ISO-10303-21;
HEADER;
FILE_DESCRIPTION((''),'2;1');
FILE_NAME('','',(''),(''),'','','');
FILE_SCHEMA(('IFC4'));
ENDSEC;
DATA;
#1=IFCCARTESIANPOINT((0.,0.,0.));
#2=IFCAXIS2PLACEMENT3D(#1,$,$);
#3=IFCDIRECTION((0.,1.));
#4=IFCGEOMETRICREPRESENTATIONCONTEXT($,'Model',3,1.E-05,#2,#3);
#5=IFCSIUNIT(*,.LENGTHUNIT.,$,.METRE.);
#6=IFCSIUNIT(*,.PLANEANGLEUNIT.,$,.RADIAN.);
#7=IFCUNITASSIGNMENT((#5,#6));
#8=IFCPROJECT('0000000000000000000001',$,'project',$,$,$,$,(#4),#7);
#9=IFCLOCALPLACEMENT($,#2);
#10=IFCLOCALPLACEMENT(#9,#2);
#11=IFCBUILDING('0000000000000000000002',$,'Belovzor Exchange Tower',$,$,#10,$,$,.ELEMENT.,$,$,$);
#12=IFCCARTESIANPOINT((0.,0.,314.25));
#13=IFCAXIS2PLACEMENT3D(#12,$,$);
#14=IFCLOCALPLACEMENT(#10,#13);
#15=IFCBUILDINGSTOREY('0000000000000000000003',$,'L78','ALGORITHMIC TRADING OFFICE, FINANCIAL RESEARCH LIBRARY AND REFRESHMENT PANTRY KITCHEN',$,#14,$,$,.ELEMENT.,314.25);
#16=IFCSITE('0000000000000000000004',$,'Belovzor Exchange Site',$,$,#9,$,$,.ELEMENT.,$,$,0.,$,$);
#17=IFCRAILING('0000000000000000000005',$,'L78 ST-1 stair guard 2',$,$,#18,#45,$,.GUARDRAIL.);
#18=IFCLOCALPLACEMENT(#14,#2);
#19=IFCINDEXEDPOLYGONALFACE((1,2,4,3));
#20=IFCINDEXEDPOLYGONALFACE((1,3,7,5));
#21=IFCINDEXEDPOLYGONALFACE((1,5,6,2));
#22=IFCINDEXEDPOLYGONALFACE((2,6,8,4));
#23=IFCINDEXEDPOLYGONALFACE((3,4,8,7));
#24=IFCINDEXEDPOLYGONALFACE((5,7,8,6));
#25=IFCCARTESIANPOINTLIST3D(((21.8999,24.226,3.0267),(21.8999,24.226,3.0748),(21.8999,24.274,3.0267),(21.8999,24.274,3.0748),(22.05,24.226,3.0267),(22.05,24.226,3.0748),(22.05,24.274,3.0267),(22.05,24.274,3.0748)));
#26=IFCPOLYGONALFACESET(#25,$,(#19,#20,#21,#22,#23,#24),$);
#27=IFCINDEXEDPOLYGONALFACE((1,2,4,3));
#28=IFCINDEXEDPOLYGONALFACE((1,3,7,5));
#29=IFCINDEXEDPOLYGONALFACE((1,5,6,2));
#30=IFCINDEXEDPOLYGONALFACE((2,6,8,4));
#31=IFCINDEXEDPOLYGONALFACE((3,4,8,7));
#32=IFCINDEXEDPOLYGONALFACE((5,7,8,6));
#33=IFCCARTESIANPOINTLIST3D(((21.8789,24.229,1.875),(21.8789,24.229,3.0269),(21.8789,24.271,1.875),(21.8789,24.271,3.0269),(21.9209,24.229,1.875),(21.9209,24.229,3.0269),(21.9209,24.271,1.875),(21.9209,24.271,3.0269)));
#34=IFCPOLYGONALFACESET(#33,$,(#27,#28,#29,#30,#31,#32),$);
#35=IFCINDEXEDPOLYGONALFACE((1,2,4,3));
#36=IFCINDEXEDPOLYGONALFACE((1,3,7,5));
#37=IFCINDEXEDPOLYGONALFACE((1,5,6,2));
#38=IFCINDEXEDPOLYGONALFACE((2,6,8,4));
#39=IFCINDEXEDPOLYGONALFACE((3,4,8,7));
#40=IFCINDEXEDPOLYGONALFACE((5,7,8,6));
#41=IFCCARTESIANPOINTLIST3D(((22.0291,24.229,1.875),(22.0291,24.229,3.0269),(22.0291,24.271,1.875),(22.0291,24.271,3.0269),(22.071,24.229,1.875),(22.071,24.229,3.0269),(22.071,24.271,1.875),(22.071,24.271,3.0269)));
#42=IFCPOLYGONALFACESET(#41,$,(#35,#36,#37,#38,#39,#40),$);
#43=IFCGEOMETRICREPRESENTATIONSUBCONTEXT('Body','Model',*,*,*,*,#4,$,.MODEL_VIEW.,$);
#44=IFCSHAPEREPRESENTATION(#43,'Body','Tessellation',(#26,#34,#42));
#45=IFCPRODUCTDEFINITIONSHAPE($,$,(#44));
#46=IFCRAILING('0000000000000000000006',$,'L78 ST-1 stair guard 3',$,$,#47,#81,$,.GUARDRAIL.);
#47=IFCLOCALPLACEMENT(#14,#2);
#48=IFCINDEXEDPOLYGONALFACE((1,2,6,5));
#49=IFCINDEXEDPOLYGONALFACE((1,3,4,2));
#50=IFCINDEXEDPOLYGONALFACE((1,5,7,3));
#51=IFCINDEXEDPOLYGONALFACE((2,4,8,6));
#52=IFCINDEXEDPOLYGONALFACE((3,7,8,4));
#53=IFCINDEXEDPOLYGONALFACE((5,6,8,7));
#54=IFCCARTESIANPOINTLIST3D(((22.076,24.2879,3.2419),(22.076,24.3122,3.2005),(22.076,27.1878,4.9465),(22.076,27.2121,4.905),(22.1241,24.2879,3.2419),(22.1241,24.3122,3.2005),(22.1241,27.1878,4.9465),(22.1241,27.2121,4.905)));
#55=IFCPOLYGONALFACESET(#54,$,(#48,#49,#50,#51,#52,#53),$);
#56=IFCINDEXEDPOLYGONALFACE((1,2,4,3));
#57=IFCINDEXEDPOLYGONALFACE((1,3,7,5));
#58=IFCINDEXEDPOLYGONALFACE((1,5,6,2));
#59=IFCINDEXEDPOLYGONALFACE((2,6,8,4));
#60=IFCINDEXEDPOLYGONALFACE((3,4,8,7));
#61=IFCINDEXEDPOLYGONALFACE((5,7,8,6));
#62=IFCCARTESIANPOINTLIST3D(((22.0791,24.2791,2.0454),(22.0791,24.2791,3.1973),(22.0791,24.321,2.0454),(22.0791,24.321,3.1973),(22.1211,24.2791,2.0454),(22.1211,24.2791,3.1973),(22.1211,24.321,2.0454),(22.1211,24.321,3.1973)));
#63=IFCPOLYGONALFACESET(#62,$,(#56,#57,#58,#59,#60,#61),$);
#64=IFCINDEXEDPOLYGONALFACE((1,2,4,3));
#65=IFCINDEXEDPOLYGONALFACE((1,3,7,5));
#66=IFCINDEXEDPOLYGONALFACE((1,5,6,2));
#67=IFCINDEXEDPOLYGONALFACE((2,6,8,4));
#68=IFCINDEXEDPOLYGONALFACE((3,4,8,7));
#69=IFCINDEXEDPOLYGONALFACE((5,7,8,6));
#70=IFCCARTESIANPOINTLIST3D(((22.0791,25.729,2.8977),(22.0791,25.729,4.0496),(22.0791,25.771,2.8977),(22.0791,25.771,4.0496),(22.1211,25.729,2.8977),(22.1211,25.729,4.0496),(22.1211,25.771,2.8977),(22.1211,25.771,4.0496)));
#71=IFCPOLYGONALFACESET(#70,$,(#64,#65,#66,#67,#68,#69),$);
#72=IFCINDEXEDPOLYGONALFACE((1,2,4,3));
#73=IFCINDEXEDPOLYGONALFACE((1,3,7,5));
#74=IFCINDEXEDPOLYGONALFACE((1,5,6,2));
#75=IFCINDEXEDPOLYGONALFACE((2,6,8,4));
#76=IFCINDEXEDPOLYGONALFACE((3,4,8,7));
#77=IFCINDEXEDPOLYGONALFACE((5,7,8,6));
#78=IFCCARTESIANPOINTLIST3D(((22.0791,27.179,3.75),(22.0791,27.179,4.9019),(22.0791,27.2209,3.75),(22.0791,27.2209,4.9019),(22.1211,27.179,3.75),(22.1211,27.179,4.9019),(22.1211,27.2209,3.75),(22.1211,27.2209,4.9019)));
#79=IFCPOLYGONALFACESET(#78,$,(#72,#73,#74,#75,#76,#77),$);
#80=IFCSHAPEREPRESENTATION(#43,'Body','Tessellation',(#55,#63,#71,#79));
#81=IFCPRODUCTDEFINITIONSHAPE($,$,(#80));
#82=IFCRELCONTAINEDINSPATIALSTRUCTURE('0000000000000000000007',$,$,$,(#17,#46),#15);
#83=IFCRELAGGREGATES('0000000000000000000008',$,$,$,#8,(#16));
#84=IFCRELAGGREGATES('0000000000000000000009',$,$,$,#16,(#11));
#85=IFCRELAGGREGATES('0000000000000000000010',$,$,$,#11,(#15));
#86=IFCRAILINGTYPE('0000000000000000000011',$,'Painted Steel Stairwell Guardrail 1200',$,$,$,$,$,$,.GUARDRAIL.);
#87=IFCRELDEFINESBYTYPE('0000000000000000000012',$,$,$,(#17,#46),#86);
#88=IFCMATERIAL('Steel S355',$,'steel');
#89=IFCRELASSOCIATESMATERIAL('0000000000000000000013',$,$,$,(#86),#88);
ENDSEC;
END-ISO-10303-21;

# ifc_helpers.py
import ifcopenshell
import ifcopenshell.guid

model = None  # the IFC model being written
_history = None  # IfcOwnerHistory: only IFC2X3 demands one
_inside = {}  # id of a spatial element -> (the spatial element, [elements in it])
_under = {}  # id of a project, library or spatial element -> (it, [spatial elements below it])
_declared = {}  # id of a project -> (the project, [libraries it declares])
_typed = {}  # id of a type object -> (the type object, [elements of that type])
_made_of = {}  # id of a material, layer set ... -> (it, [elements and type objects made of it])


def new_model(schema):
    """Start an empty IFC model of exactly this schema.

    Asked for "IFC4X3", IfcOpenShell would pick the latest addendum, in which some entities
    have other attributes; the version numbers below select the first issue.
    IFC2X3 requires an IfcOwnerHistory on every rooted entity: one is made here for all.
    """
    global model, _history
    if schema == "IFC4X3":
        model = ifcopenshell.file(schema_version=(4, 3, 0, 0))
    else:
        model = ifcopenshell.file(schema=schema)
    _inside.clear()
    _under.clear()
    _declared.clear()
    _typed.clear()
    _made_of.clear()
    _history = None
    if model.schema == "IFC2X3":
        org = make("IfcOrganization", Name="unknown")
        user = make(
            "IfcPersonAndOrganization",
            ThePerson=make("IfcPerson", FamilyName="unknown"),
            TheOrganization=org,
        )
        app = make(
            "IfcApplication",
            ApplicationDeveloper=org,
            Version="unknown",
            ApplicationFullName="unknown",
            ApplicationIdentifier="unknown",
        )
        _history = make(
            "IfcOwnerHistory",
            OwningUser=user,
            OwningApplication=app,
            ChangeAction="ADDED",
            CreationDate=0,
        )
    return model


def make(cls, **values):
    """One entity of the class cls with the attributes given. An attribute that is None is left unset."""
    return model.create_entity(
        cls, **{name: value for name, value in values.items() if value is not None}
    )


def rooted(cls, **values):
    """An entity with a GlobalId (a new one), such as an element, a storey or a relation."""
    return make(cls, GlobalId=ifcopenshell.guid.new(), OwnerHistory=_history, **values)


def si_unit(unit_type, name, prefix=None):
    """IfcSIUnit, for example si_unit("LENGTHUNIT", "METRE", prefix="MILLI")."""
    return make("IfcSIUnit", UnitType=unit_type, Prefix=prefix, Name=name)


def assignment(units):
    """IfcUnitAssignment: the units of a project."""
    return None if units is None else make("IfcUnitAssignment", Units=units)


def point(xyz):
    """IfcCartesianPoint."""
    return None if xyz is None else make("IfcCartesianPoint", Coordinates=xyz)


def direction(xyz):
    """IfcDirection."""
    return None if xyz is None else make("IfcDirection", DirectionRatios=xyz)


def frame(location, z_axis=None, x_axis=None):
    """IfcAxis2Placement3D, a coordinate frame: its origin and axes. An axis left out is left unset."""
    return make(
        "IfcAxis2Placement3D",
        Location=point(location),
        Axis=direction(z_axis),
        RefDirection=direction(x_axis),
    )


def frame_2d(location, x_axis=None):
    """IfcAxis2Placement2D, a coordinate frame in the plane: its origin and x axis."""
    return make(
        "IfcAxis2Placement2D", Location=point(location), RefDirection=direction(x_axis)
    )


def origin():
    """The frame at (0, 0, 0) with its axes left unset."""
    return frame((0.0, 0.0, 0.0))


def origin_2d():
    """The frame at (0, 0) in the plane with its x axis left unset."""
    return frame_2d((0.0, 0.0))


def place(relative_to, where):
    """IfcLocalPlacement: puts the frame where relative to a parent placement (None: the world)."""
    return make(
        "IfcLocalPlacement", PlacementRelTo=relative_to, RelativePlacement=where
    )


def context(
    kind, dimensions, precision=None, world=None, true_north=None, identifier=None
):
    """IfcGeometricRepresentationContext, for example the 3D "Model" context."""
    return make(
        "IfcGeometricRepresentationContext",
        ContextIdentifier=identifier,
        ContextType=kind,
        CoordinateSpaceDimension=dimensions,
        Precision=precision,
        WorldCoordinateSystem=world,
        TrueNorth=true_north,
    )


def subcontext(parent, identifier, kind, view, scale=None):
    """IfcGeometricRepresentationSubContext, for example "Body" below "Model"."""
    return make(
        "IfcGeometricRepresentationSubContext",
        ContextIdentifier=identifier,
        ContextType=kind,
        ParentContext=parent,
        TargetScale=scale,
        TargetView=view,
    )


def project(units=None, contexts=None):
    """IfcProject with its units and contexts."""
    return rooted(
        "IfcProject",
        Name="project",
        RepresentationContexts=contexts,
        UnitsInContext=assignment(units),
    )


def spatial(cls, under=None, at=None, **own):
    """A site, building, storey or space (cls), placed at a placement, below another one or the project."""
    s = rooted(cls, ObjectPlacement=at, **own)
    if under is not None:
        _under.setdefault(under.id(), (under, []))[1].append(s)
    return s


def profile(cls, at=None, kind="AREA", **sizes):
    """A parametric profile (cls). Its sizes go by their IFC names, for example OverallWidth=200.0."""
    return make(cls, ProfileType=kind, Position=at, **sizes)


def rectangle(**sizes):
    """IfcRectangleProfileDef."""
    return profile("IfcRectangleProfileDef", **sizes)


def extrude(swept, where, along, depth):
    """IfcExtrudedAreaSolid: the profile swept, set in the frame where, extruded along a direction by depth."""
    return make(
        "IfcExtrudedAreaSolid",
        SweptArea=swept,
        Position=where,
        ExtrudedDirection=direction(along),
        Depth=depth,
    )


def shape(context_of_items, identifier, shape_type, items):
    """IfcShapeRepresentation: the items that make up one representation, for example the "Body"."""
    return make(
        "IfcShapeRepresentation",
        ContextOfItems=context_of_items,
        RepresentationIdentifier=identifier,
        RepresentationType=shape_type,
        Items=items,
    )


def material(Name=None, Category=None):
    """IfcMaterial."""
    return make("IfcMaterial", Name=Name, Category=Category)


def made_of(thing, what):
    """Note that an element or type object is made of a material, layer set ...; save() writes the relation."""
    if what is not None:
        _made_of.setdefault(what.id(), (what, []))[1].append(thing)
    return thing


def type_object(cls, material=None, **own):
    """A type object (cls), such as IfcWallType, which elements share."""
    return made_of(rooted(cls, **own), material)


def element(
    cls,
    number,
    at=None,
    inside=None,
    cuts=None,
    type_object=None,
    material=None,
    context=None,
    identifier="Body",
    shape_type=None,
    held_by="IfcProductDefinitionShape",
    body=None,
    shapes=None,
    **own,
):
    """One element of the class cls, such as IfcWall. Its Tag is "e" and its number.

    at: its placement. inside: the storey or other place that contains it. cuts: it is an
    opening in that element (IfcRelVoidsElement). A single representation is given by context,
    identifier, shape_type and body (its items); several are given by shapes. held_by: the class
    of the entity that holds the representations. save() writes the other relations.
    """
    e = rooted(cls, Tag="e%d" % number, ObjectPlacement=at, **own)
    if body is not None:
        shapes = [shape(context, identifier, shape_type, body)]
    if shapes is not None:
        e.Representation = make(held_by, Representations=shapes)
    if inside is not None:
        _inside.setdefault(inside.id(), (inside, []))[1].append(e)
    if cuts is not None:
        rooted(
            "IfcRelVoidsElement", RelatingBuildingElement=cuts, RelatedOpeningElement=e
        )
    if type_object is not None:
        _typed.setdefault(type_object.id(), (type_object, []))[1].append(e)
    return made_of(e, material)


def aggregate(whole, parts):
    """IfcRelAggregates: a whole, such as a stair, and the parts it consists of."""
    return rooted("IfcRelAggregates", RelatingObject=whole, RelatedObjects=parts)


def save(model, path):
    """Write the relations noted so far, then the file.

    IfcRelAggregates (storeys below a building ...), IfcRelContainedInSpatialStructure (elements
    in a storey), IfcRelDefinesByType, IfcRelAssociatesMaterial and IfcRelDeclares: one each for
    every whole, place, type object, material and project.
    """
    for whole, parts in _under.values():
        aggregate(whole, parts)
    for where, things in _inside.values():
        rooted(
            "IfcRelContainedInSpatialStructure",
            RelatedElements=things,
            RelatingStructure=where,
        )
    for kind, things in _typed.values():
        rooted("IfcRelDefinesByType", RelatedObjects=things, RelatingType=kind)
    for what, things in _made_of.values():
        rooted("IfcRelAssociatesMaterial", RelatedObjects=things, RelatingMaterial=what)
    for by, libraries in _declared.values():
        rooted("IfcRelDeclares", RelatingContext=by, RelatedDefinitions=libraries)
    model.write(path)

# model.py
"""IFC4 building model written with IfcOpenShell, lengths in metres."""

from ifc_helpers import new_model, si_unit, direction, frame, origin, origin_2d, place, context, subcontext, project, spatial, rectangle, extrude, material, type_object, element, save


model = new_model("IFC4")

# Units and contexts
model_context = context("Model", 3, precision=1e-05, world=origin(), true_north=direction((0.0, 1.0)))
body_context = subcontext(model_context, "Body", "Model", "MODEL_VIEW")
ifc_project = project(units=[si_unit("LENGTHUNIT", "METRE"), si_unit("PLANEANGLEUNIT", "RADIAN")], contexts=[model_context])

# Site, building, storey
site_placement = place(None, origin())
site = spatial("IfcSite", under=ifc_project, at=site_placement, Name="Belovzor Exchange Site", CompositionType="ELEMENT", RefElevation=0.0)
building_placement = place(site_placement, origin())
building = spatial("IfcBuilding", under=site, at=building_placement, Name="Belovzor Exchange Tower", CompositionType="ELEMENT")
storey_placement = place(building_placement, frame((0.0, 0.0, 314.25)))
storey = spatial("IfcBuildingStorey", under=building, at=storey_placement, Name="L78", Description="ALGORITHMIC TRADING OFFICE, FINANCIAL RESEARCH LIBRARY AND REFRESHMENT PANTRY KITCHEN", CompositionType="ELEMENT", Elevation=314.25)

# Railings
ifc_material_1 = material(Name="Steel S355", Category="steel")
railing_type_1 = type_object("IfcRailingType", Name="Painted Steel Stairwell Guardrail 1200", PredefinedType="GUARDRAIL", material=ifc_material_1)
railing_1_placement = place(storey_placement, frame((21.8999, 24.25, 1.875)))
element("IfcRailing", 1, at=railing_1_placement, inside=storey, type_object=railing_type_1, Name="L78 ST-1 stair guard 2", PredefinedType="GUARDRAIL", context=body_context, shape_type="SweptSolid", body=[
    extrude(rectangle(XDim=0.0481, YDim=0.0481, at=origin_2d()), frame((0.0, 0.0, 1.1758), z_axis=(1.0, 0.0, 0.0), x_axis=(0.0, 1.0, 0.0)), (0.0, 0.0, 1.0), 0.1501),
    extrude(rectangle(XDim=0.042, YDim=0.042, at=origin_2d()), origin(), (0.0, 0.0, 1.0), 1.1519),
    extrude(rectangle(XDim=0.042, YDim=0.042, at=origin_2d()), frame((0.1501, 0.0, 0.0)), (0.0, 0.0, 1.0), 1.1519),
])
railing_2_placement = place(storey_placement, frame((22.1001, 24.3, 2.0454)))
element("IfcRailing", 2, at=railing_2_placement, inside=storey, type_object=railing_type_1, Name="L78 ST-1 stair guard 3", PredefinedType="GUARDRAIL", context=body_context, shape_type="SweptSolid", body=[
    extrude(rectangle(XDim=0.0481, YDim=0.0481, at=origin_2d()), frame((0.0, 0.0, 1.1758), z_axis=(0.0, 0.862095, 0.506747), x_axis=(-1.0, 0.0, 0.0)), (0.0, 0.0, 1.0), 3.3638),
    extrude(rectangle(XDim=0.042, YDim=0.042, at=origin_2d()), origin(), (0.0, 0.0, 1.0), 1.1519),
    extrude(rectangle(XDim=0.042, YDim=0.042, at=origin_2d()), frame((0.0, 1.45, 0.8523)), (0.0, 0.0, 1.0), 1.1519),
    extrude(rectangle(XDim=0.042, YDim=0.042, at=origin_2d()), frame((0.0, 2.8999, 1.7046)), (0.0, 0.0, 1.0), 1.1519),
])

save(model, "model.ifc")
